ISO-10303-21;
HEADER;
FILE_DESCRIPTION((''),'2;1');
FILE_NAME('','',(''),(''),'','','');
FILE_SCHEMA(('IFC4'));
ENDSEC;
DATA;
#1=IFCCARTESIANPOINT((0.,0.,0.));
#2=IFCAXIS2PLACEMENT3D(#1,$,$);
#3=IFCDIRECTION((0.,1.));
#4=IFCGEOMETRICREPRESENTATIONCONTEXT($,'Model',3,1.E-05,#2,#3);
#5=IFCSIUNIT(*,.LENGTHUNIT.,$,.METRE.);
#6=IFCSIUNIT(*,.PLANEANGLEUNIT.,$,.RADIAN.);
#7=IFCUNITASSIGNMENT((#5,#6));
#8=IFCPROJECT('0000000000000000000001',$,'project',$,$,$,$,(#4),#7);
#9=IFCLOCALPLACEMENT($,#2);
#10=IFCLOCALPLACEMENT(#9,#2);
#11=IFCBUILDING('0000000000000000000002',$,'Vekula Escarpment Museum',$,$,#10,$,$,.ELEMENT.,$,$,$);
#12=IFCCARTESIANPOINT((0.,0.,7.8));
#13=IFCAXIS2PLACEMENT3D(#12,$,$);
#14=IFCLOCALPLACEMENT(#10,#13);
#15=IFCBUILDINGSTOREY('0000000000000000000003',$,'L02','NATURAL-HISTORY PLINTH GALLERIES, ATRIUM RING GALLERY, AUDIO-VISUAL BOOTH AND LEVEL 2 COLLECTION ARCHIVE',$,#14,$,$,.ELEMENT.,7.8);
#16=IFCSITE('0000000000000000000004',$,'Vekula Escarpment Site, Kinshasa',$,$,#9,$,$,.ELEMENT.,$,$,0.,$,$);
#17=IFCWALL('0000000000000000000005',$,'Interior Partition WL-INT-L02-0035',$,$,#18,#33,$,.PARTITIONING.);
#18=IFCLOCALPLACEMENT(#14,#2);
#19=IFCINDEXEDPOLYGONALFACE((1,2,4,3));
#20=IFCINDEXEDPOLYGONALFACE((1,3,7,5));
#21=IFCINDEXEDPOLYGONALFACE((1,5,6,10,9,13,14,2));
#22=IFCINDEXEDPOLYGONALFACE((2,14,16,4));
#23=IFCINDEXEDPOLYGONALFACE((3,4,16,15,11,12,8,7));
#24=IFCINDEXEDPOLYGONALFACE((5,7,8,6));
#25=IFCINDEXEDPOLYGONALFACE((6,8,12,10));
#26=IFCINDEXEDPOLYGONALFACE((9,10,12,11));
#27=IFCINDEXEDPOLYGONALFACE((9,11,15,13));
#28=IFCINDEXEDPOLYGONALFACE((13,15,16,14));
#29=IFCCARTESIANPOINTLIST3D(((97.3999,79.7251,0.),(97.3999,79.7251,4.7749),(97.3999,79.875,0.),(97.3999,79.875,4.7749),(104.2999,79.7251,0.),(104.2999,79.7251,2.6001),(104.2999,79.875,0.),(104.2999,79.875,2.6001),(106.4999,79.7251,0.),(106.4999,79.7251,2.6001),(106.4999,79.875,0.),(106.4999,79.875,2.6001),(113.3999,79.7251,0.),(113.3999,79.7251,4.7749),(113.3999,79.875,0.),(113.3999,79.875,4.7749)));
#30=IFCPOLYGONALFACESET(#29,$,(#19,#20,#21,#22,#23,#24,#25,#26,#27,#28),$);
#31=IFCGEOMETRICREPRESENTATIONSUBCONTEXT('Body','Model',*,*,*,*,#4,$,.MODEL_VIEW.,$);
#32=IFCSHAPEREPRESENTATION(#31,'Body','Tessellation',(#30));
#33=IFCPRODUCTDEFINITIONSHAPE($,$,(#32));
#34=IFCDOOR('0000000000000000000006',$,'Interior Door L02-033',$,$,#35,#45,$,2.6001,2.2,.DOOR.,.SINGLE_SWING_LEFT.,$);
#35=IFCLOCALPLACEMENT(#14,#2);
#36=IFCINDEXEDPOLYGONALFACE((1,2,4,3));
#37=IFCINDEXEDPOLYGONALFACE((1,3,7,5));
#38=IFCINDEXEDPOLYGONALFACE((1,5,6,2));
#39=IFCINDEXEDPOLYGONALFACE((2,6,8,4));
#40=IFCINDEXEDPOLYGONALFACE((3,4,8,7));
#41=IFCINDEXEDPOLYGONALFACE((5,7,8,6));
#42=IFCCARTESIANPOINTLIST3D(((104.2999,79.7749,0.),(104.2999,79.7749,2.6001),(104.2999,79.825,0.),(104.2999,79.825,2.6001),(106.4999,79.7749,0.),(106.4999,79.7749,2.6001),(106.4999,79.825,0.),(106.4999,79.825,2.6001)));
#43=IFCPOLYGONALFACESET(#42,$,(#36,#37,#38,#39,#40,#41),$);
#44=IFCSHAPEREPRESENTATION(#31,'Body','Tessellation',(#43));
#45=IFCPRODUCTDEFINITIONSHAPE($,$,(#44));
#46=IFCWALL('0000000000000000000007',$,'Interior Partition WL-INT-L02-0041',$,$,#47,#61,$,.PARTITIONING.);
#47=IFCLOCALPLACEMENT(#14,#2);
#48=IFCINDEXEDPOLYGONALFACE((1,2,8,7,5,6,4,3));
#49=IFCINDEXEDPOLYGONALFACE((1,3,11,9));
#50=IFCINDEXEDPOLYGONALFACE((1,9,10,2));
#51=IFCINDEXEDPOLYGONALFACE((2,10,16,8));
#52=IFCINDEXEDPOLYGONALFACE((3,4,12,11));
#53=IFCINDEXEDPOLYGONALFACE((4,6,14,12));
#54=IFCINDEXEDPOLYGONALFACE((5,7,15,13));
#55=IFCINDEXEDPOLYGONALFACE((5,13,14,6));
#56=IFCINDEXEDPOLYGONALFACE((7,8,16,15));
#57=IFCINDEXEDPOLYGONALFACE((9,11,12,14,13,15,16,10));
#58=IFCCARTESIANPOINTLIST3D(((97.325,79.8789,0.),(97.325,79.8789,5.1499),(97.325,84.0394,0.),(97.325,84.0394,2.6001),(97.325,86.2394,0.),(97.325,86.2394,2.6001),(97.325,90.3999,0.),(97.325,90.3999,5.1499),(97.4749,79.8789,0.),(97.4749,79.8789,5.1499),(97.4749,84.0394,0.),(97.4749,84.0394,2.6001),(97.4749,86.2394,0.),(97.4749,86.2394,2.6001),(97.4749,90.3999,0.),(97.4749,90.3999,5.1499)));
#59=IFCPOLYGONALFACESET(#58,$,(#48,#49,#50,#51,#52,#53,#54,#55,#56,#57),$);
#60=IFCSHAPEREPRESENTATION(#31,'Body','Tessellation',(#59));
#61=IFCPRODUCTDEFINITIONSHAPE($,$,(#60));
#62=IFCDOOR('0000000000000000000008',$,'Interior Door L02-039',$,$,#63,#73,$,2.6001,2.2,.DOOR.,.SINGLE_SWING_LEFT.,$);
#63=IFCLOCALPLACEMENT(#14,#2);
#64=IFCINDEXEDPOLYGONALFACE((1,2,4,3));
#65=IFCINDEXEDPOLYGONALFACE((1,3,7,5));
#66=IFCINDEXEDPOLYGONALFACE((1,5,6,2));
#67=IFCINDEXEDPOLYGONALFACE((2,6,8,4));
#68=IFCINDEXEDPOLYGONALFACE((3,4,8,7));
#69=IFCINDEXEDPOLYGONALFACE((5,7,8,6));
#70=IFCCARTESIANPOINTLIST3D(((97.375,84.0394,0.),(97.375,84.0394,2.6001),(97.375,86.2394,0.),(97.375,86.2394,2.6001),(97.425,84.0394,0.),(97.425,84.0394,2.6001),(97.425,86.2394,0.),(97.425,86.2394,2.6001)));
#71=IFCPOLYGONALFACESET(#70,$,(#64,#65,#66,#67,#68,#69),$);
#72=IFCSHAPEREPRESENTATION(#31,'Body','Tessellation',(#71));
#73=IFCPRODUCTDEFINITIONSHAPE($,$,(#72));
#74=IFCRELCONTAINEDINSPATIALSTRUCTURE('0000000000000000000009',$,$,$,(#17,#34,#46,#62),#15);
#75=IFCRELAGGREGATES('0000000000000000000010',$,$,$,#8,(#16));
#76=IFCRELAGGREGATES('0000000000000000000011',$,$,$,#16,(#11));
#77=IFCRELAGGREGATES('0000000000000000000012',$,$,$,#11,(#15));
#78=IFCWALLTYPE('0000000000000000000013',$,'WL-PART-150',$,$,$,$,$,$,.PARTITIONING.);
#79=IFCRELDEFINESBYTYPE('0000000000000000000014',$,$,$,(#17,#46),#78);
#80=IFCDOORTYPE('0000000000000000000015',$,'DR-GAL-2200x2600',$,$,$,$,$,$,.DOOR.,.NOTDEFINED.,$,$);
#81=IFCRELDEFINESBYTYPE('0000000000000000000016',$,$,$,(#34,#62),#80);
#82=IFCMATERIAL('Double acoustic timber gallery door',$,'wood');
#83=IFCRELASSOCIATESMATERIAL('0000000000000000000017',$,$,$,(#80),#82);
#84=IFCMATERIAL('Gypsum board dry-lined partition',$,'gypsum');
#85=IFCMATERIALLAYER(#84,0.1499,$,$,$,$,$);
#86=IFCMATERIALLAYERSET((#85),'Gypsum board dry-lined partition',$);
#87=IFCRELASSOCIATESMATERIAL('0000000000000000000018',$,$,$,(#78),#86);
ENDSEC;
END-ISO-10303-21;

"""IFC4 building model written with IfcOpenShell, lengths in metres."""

from ifc_helpers import new_model, si_unit, direction, frame, frame_2d, origin, place, context, subcontext, project, spatial, rectangle, extrude, material, layer, layer_set, type_object, element, fill, save


model = new_model("IFC4")

# Units and contexts
model_context = context("Model", 3, precision=1e-05, world=origin(), true_north=direction((0.0, 1.0)))
body_context = subcontext(model_context, "Body", "Model", "MODEL_VIEW")
ifc_project = project(units=[si_unit("LENGTHUNIT", "METRE"), si_unit("PLANEANGLEUNIT", "RADIAN")], contexts=[model_context])

# Site, building, storey
site_placement = place(None, origin())
site = spatial("IfcSite", under=ifc_project, at=site_placement, Name="Vekula Escarpment Site, Kinshasa", CompositionType="ELEMENT", RefElevation=0.0)
building_placement = place(site_placement, origin())
building = spatial("IfcBuilding", under=site, at=building_placement, Name="Vekula Escarpment Museum", CompositionType="ELEMENT")
storey_placement = place(building_placement, frame((0.0, 0.0, 7.8)))
storey = spatial("IfcBuildingStorey", under=building, at=storey_placement, Name="L02", Description="NATURAL-HISTORY PLINTH GALLERIES, ATRIUM RING GALLERY, AUDIO-VISUAL BOOTH AND LEVEL 2 COLLECTION ARCHIVE", CompositionType="ELEMENT", Elevation=7.8)

# Walls, openings, doors
ifc_material_1 = material(Name="Double acoustic timber gallery door", Category="wood")
door_type_1 = type_object("IfcDoorType", Name="DR-GAL-2200x2600", OperationType="NOTDEFINED", PredefinedType="DOOR", material=ifc_material_1)
ifc_material_2 = material(Name="Gypsum board dry-lined partition", Category="gypsum")
ifc_layer_1 = layer(ifc_material_2, 0.1499)
ifc_layer_set_1 = layer_set([ifc_layer_1], Name="Gypsum board dry-lined partition")
wall_type_1 = type_object("IfcWallType", Name="WL-PART-150", PredefinedType="PARTITIONING", material=ifc_layer_set_1)
wall_1_placement = place(storey_placement, frame((97.3999, 79.8, 0.0), z_axis=(0.0, 0.0, 1.0), x_axis=(1.0, 0.0, 0.0)))
wall_1 = element("IfcWall", 1, at=wall_1_placement, inside=storey, type_object=wall_type_1, Name="Interior Partition WL-INT-L02-0035", PredefinedType="PARTITIONING", context=body_context, shape_type="SweptSolid", body=[
    extrude(rectangle(XDim=16.0, YDim=0.1499, at=frame_2d((8.0, 0.0))), origin(), (0.0, 0.0, 1.0), 4.7749),
])
opening_1_placement = place(wall_1_placement, frame((6.8999, 0.0, 0.0)))
opening_1 = element("IfcOpeningElement", 2, at=opening_1_placement, cuts=wall_1, PredefinedType="OPENING", context=body_context, shape_type="SweptSolid", body=[
    extrude(rectangle(XDim=2.2, YDim=2.6001, at=frame_2d((1.1001, 1.3))), frame((0.0, 0.085, 0.0), z_axis=(0.0, -1.0, 0.0), x_axis=(1.0, 0.0, 0.0)), (0.0, 0.0, 1.0), 0.1699),
])
door_1_placement = place(opening_1_placement, origin())
door_1 = element("IfcDoor", 3, at=door_1_placement, inside=storey, type_object=door_type_1, Name="Interior Door L02-033", OperationType="SINGLE_SWING_LEFT", OverallHeight=2.6001, OverallWidth=2.2, PredefinedType="DOOR", context=body_context, shape_type="SweptSolid", body=[
    extrude(rectangle(XDim=2.2, YDim=2.6001, at=frame_2d((1.1001, 1.3))), frame((0.0, 0.0249, 0.0), z_axis=(0.0, -1.0, 0.0), x_axis=(1.0, 0.0, 0.0)), (0.0, 0.0, 1.0), 0.05),
])
fill(opening_1, door_1)
wall_2_placement = place(storey_placement, frame((97.3999, 79.8789, 0.0), z_axis=(0.0, 0.0, 1.0), x_axis=(0.0, 1.0, 0.0)))
wall_2 = element("IfcWall", 4, at=wall_2_placement, inside=storey, type_object=wall_type_1, Name="Interior Partition WL-INT-L02-0041", PredefinedType="PARTITIONING", context=body_context, shape_type="SweptSolid", body=[
    extrude(rectangle(XDim=10.521, YDim=0.1499, at=frame_2d((5.2605, 0.0))), origin(), (0.0, 0.0, 1.0), 5.1499),
])
opening_2_placement = place(wall_2_placement, frame((4.1604, 0.0, 0.0)))
opening_2 = element("IfcOpeningElement", 5, at=opening_2_placement, cuts=wall_2, PredefinedType="OPENING", context=body_context, shape_type="SweptSolid", body=[
    extrude(rectangle(XDim=2.2, YDim=2.6001, at=frame_2d((1.1001, 1.3))), frame((0.0, 0.085, 0.0), z_axis=(0.0, -1.0, 0.0), x_axis=(1.0, 0.0, 0.0)), (0.0, 0.0, 1.0), 0.1699),
])
door_2_placement = place(opening_2_placement, origin())
door_2 = element("IfcDoor", 6, at=door_2_placement, inside=storey, type_object=door_type_1, Name="Interior Door L02-039", OperationType="SINGLE_SWING_LEFT", OverallHeight=2.6001, OverallWidth=2.2, PredefinedType="DOOR", context=body_context, shape_type="SweptSolid", body=[
    extrude(rectangle(XDim=2.2, YDim=2.6001, at=frame_2d((1.1001, 1.3))), frame((0.0, 0.0249, 0.0), z_axis=(0.0, -1.0, 0.0), x_axis=(1.0, 0.0, 0.0)), (0.0, 0.0, 1.0), 0.05),
])
fill(opening_2, door_2)

save(model, "model.ifc")
